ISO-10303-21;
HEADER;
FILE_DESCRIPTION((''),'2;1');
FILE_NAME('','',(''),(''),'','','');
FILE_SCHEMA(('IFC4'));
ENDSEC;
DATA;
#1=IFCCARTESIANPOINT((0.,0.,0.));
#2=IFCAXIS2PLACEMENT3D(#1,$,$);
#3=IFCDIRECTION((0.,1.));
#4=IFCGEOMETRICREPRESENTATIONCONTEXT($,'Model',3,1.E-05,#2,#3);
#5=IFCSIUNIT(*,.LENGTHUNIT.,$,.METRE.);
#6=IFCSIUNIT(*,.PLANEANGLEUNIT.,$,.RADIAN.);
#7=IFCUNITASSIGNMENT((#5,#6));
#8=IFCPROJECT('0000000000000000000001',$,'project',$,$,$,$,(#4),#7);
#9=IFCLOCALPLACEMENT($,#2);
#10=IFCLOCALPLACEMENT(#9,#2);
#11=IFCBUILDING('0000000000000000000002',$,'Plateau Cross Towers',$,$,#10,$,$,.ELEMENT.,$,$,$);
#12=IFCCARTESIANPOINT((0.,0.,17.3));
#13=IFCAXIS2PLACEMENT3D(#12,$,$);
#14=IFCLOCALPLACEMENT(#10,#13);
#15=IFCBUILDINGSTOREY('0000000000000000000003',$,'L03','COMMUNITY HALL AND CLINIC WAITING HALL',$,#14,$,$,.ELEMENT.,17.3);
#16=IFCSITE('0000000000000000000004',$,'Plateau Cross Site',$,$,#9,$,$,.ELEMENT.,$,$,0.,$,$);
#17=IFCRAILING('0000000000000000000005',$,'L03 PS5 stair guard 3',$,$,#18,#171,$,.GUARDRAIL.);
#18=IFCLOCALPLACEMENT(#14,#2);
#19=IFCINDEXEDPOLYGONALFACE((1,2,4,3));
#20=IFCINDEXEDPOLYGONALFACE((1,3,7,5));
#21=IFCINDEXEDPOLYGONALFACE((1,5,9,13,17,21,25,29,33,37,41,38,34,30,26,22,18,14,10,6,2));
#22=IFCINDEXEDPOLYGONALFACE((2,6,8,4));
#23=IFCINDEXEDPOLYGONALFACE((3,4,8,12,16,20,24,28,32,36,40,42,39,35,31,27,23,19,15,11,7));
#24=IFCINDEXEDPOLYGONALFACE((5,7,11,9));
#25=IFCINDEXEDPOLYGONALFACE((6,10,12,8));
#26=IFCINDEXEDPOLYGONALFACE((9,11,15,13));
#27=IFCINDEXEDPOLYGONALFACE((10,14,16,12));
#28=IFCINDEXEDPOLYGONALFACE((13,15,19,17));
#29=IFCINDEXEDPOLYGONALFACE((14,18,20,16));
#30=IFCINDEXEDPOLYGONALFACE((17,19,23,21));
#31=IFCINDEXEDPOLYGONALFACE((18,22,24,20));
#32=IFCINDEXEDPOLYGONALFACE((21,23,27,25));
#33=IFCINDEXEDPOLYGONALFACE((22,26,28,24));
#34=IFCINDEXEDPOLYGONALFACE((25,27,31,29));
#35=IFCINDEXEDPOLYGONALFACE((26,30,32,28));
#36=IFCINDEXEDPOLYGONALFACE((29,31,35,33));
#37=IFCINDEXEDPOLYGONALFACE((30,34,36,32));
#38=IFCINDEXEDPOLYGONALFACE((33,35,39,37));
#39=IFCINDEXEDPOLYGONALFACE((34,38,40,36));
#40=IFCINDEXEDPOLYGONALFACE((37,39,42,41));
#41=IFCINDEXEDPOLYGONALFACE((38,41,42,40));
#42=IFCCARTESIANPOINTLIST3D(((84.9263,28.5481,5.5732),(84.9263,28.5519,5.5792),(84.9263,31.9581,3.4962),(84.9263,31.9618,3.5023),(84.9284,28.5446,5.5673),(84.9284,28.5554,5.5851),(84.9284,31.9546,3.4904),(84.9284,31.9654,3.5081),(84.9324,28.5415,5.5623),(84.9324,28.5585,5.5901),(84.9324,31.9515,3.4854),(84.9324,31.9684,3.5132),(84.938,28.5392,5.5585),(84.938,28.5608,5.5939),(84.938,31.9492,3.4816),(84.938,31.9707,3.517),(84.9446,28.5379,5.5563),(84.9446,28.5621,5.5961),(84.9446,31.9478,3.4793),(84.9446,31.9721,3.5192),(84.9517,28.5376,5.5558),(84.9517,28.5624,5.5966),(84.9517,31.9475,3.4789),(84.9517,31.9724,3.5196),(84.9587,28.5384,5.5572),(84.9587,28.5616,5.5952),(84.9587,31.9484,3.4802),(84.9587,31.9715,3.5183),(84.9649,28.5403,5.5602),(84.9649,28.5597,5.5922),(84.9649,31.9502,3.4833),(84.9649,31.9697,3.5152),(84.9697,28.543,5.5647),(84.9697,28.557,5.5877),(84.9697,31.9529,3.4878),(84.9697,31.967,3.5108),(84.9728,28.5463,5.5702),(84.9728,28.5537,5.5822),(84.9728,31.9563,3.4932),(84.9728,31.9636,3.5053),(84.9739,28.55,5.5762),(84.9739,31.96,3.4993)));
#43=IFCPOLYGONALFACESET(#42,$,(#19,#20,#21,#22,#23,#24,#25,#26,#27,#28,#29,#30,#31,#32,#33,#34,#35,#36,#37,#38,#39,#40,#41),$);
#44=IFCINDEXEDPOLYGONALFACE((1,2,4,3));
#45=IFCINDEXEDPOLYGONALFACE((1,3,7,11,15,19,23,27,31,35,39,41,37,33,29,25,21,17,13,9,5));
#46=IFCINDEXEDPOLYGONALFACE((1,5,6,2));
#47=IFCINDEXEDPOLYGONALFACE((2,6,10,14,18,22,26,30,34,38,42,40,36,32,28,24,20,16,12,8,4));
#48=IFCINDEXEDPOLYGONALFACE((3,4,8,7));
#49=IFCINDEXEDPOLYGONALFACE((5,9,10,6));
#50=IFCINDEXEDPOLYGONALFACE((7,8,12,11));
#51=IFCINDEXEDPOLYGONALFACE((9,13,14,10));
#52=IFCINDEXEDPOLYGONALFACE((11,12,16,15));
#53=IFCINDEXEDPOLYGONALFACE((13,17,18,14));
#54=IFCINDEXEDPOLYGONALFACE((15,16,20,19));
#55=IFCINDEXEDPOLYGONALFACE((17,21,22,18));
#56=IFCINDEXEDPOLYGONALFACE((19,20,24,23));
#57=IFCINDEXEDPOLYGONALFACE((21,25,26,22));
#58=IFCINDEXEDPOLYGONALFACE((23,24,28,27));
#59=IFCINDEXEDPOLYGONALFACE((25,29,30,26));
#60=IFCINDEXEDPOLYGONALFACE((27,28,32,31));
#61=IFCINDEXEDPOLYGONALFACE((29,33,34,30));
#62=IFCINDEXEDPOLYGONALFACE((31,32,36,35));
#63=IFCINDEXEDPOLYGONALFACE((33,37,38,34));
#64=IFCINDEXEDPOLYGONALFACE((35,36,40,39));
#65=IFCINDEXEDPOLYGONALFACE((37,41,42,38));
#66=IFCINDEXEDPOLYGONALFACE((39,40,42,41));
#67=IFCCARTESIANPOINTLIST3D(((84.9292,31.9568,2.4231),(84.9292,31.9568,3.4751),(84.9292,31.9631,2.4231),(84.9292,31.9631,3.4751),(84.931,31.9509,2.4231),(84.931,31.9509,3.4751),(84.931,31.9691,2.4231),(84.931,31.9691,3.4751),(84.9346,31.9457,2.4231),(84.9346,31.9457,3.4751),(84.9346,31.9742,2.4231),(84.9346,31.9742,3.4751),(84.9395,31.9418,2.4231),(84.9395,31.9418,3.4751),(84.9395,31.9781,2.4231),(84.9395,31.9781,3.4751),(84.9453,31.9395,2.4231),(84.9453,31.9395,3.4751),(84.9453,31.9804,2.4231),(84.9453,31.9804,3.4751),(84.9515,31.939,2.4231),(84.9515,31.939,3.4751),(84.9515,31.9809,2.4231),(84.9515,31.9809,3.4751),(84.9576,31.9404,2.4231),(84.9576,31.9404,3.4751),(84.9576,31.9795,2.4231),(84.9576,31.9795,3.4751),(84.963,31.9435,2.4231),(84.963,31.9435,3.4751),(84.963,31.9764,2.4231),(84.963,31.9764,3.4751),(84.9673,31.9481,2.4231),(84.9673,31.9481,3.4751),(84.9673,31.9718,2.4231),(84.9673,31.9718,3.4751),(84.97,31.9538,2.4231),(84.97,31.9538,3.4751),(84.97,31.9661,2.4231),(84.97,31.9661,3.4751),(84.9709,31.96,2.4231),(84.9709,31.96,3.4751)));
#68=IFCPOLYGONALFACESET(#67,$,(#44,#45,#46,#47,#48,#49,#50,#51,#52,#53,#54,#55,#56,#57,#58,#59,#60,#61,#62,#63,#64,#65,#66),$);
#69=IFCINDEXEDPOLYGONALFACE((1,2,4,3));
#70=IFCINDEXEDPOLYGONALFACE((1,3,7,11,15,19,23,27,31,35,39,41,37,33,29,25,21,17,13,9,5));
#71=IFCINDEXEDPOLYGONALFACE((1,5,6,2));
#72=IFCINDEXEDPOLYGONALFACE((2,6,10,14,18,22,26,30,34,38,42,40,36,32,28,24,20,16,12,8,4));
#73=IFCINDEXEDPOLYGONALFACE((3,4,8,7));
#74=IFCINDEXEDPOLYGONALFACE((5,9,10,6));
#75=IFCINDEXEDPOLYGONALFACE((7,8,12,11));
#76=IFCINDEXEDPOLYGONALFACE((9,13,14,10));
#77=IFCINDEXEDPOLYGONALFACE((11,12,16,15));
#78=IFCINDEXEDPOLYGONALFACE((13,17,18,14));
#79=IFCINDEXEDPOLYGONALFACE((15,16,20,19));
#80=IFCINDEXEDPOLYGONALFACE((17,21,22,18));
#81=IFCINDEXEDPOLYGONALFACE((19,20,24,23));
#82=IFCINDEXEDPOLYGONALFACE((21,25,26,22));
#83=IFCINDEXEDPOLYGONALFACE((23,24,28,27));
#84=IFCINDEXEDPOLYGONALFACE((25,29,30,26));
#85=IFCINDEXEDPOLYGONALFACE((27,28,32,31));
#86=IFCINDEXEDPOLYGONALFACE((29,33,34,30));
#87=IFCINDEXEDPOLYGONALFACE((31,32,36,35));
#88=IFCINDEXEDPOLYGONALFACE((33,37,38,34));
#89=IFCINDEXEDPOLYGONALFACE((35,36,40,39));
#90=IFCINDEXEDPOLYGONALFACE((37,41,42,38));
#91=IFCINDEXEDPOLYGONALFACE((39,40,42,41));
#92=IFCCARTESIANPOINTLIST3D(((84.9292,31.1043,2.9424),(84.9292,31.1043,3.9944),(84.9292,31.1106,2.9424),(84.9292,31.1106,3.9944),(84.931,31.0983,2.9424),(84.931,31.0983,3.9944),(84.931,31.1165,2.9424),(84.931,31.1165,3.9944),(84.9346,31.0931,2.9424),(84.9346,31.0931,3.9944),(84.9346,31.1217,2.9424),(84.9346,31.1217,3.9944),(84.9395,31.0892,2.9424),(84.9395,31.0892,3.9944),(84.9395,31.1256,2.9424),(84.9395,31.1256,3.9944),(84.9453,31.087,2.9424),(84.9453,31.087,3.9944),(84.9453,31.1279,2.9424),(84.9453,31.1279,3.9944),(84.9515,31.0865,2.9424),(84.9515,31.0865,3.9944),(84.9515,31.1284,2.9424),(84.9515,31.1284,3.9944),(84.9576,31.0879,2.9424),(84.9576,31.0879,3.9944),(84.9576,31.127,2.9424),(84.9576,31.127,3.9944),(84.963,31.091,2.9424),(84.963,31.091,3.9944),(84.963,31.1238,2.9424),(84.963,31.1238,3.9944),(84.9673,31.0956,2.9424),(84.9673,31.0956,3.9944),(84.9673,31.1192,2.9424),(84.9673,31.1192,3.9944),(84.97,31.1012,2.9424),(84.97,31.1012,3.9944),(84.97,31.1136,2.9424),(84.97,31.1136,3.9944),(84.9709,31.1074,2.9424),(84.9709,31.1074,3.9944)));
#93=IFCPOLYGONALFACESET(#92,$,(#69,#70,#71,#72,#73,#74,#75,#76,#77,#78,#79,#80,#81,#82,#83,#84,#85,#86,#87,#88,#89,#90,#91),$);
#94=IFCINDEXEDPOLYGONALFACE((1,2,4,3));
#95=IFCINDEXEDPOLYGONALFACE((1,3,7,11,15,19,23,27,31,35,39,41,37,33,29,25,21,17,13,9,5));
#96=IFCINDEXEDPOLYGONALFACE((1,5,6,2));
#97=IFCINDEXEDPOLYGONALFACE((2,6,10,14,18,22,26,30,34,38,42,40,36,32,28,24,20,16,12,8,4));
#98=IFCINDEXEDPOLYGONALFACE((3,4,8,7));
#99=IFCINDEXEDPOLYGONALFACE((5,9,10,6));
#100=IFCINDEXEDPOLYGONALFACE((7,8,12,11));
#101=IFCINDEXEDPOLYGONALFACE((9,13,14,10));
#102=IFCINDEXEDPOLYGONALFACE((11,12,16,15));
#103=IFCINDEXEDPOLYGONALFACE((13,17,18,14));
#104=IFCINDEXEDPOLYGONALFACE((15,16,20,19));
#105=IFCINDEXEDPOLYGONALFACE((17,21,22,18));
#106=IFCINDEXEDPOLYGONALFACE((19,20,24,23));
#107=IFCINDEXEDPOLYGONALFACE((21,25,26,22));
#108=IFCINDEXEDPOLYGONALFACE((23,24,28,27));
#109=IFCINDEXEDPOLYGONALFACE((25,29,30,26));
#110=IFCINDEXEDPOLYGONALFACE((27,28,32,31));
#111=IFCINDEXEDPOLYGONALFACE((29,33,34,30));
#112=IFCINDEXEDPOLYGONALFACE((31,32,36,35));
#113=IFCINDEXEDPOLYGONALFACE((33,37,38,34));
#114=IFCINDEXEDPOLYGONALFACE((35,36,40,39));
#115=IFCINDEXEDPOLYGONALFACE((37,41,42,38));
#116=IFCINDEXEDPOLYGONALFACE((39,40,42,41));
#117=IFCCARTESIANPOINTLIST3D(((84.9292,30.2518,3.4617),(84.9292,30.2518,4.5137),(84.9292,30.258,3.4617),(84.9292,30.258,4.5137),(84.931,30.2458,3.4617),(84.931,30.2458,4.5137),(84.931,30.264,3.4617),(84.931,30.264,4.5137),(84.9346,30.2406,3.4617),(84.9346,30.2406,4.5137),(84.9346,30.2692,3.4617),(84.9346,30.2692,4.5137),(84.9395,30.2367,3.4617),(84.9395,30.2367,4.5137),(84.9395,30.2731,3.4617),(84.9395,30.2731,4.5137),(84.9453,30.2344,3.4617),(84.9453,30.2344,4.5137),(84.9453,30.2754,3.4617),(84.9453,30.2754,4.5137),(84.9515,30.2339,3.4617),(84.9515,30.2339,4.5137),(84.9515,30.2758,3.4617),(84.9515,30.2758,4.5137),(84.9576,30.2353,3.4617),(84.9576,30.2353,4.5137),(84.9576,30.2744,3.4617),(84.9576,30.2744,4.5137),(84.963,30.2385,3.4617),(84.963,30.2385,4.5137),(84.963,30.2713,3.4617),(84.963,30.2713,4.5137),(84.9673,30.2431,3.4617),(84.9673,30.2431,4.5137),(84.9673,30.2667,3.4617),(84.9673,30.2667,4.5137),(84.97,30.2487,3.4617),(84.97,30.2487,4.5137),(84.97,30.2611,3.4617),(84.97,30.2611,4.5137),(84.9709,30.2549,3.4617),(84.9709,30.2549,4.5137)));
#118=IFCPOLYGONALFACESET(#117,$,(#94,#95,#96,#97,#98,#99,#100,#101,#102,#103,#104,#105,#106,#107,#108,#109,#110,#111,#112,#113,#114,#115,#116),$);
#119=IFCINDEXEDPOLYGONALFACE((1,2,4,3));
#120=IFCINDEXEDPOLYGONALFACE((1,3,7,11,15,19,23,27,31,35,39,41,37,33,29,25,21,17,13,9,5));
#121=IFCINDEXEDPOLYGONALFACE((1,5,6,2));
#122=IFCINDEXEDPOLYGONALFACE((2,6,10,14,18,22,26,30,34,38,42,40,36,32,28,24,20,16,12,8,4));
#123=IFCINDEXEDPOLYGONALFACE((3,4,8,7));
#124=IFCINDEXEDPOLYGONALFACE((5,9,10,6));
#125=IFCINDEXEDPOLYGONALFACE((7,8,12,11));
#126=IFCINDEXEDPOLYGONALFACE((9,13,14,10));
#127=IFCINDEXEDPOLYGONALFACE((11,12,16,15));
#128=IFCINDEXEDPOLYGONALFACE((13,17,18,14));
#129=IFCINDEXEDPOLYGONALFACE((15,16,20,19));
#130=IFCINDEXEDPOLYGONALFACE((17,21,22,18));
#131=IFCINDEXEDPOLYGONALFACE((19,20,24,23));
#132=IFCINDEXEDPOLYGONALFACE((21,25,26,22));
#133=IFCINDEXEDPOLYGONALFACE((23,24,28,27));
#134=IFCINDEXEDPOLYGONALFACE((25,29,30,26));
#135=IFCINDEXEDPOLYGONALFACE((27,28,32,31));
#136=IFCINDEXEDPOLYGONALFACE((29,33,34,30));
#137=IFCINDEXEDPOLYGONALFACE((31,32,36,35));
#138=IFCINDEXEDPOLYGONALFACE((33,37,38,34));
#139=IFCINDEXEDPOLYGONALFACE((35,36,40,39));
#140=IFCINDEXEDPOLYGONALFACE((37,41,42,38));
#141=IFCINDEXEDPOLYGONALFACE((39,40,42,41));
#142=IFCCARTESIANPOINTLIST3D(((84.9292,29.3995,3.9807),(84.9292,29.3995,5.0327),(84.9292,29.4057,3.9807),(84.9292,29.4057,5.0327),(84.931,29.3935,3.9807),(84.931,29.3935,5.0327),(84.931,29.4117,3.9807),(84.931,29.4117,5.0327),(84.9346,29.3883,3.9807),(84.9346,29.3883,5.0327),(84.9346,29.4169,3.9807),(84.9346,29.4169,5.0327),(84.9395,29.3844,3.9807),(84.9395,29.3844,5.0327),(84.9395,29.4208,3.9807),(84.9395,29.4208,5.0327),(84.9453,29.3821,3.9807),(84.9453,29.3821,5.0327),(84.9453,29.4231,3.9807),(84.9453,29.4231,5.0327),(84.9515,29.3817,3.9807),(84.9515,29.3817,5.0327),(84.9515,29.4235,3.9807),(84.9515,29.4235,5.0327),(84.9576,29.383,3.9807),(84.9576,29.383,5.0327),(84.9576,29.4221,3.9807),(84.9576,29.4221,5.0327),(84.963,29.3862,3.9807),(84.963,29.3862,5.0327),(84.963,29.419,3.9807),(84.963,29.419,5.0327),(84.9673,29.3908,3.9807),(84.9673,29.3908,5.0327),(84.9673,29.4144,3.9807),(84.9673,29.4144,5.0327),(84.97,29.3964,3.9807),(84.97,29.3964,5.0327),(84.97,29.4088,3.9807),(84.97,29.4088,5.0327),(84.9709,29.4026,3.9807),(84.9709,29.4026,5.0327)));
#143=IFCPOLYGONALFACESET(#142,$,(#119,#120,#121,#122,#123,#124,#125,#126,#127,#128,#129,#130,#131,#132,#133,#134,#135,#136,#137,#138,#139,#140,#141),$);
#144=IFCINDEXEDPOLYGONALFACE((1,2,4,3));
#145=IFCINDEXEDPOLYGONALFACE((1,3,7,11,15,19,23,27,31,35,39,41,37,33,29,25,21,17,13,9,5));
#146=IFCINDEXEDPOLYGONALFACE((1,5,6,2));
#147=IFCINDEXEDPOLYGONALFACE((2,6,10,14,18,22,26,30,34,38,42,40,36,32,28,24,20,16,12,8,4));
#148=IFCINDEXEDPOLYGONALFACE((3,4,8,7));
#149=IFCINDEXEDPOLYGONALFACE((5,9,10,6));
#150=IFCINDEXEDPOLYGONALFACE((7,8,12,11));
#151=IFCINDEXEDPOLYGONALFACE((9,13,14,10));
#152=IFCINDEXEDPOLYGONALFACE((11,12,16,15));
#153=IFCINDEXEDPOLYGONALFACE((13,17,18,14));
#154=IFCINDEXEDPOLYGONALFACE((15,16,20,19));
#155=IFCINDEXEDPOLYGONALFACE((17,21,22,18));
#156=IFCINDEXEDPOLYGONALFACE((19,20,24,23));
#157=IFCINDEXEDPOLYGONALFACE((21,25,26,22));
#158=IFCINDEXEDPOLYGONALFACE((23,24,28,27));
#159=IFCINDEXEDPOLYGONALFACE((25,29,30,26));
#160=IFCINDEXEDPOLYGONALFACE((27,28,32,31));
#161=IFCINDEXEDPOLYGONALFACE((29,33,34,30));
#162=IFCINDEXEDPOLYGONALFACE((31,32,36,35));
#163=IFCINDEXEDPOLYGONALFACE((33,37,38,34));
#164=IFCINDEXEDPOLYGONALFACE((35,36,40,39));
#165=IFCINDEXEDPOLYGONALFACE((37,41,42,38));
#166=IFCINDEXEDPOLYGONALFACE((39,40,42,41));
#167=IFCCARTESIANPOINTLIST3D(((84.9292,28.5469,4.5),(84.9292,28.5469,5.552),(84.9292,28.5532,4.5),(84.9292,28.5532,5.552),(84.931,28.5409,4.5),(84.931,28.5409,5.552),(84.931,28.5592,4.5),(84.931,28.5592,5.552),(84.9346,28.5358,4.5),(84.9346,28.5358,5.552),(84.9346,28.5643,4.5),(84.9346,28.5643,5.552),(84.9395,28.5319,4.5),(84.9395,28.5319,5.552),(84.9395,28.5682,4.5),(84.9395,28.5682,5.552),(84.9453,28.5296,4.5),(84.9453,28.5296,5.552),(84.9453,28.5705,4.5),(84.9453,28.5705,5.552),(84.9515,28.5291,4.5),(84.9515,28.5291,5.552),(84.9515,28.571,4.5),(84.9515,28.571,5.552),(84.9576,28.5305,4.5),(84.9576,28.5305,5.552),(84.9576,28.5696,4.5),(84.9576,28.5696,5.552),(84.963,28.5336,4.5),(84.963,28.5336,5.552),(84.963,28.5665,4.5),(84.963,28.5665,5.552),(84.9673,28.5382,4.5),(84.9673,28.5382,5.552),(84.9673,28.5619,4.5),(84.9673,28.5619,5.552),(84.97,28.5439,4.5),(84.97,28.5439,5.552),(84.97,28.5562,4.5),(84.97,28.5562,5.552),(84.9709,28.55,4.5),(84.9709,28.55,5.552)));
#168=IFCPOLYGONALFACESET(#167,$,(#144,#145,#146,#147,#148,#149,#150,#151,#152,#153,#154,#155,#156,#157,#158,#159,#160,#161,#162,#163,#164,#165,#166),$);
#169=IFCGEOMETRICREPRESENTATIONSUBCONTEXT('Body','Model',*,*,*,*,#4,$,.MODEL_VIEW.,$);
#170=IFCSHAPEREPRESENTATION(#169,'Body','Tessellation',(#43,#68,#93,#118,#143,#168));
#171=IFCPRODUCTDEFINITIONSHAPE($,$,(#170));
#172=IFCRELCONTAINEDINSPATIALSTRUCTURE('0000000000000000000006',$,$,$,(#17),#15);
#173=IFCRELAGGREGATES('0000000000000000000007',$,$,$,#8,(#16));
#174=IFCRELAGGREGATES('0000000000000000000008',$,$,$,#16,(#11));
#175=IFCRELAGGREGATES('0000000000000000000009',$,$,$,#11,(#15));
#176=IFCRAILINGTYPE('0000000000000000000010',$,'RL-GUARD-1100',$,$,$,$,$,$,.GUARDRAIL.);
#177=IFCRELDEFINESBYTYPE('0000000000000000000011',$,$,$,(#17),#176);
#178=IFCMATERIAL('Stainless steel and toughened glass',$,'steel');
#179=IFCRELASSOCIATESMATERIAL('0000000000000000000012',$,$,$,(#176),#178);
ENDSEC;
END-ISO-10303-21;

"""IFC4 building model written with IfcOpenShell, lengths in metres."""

from ifc_helpers import new_model, si_unit, direction, frame, origin, origin_2d, place, context, subcontext, project, spatial, circle, extrude, material, type_object, element, save


model = new_model("IFC4")

# Units and contexts
model_context = context("Model", 3, precision=1e-05, world=origin(), true_north=direction((0.0, 1.0)))
body_context = subcontext(model_context, "Body", "Model", "MODEL_VIEW")
ifc_project = project(units=[si_unit("LENGTHUNIT", "METRE"), si_unit("PLANEANGLEUNIT", "RADIAN")], contexts=[model_context])

# Site, building, storey
site_placement = place(None, origin())
site = spatial("IfcSite", under=ifc_project, at=site_placement, Name="Plateau Cross Site", CompositionType="ELEMENT", RefElevation=0.0)
building_placement = place(site_placement, origin())
building = spatial("IfcBuilding", under=site, at=building_placement, Name="Plateau Cross Towers", CompositionType="ELEMENT")
storey_placement = place(building_placement, frame((0.0, 0.0, 17.3)))
storey = spatial("IfcBuildingStorey", under=building, at=storey_placement, Name="L03", Description="COMMUNITY HALL AND CLINIC WAITING HALL", CompositionType="ELEMENT", Elevation=17.3)

# Railing
ifc_material_1 = material(Name="Stainless steel and toughened glass", Category="steel")
railing_type_1 = type_object("IfcRailingType", Name="RL-GUARD-1100", PredefinedType="GUARDRAIL", material=ifc_material_1)
railing_1_placement = place(storey_placement, frame((84.95, 31.96, 2.4231)))
element("IfcRailing", 1, at=railing_1_placement, inside=storey, type_object=railing_type_1, Name="L03 PS5 stair guard 3", PredefinedType="GUARDRAIL", context=body_context, shape_type="SweptSolid", body=[
    extrude(circle(Radius=0.0239, at=origin_2d()), frame((0.0, 0.0, 1.0762), z_axis=(0.0, -0.854053, 0.520186), x_axis=(1.0, 0.0, 0.0)), (0.0, 0.0, 1.0), 3.9927),
    extrude(circle(Radius=0.021, at=origin_2d()), origin(), (0.0, 0.0, 1.0), 1.052),
    extrude(circle(Radius=0.021, at=origin_2d()), frame((0.0, -0.8525, 0.5193)), (0.0, 0.0, 1.0), 1.052),
    extrude(circle(Radius=0.021, at=origin_2d()), frame((0.0, -1.7051, 1.0386)), (0.0, 0.0, 1.0), 1.052),
    extrude(circle(Radius=0.021, at=origin_2d()), frame((0.0, -2.5574, 1.5576)), (0.0, 0.0, 1.0), 1.052),
    extrude(circle(Radius=0.021, at=origin_2d()), frame((0.0, -3.4099, 2.0769)), (0.0, 0.0, 1.0), 1.052),
])

save(model, "model.ifc")
